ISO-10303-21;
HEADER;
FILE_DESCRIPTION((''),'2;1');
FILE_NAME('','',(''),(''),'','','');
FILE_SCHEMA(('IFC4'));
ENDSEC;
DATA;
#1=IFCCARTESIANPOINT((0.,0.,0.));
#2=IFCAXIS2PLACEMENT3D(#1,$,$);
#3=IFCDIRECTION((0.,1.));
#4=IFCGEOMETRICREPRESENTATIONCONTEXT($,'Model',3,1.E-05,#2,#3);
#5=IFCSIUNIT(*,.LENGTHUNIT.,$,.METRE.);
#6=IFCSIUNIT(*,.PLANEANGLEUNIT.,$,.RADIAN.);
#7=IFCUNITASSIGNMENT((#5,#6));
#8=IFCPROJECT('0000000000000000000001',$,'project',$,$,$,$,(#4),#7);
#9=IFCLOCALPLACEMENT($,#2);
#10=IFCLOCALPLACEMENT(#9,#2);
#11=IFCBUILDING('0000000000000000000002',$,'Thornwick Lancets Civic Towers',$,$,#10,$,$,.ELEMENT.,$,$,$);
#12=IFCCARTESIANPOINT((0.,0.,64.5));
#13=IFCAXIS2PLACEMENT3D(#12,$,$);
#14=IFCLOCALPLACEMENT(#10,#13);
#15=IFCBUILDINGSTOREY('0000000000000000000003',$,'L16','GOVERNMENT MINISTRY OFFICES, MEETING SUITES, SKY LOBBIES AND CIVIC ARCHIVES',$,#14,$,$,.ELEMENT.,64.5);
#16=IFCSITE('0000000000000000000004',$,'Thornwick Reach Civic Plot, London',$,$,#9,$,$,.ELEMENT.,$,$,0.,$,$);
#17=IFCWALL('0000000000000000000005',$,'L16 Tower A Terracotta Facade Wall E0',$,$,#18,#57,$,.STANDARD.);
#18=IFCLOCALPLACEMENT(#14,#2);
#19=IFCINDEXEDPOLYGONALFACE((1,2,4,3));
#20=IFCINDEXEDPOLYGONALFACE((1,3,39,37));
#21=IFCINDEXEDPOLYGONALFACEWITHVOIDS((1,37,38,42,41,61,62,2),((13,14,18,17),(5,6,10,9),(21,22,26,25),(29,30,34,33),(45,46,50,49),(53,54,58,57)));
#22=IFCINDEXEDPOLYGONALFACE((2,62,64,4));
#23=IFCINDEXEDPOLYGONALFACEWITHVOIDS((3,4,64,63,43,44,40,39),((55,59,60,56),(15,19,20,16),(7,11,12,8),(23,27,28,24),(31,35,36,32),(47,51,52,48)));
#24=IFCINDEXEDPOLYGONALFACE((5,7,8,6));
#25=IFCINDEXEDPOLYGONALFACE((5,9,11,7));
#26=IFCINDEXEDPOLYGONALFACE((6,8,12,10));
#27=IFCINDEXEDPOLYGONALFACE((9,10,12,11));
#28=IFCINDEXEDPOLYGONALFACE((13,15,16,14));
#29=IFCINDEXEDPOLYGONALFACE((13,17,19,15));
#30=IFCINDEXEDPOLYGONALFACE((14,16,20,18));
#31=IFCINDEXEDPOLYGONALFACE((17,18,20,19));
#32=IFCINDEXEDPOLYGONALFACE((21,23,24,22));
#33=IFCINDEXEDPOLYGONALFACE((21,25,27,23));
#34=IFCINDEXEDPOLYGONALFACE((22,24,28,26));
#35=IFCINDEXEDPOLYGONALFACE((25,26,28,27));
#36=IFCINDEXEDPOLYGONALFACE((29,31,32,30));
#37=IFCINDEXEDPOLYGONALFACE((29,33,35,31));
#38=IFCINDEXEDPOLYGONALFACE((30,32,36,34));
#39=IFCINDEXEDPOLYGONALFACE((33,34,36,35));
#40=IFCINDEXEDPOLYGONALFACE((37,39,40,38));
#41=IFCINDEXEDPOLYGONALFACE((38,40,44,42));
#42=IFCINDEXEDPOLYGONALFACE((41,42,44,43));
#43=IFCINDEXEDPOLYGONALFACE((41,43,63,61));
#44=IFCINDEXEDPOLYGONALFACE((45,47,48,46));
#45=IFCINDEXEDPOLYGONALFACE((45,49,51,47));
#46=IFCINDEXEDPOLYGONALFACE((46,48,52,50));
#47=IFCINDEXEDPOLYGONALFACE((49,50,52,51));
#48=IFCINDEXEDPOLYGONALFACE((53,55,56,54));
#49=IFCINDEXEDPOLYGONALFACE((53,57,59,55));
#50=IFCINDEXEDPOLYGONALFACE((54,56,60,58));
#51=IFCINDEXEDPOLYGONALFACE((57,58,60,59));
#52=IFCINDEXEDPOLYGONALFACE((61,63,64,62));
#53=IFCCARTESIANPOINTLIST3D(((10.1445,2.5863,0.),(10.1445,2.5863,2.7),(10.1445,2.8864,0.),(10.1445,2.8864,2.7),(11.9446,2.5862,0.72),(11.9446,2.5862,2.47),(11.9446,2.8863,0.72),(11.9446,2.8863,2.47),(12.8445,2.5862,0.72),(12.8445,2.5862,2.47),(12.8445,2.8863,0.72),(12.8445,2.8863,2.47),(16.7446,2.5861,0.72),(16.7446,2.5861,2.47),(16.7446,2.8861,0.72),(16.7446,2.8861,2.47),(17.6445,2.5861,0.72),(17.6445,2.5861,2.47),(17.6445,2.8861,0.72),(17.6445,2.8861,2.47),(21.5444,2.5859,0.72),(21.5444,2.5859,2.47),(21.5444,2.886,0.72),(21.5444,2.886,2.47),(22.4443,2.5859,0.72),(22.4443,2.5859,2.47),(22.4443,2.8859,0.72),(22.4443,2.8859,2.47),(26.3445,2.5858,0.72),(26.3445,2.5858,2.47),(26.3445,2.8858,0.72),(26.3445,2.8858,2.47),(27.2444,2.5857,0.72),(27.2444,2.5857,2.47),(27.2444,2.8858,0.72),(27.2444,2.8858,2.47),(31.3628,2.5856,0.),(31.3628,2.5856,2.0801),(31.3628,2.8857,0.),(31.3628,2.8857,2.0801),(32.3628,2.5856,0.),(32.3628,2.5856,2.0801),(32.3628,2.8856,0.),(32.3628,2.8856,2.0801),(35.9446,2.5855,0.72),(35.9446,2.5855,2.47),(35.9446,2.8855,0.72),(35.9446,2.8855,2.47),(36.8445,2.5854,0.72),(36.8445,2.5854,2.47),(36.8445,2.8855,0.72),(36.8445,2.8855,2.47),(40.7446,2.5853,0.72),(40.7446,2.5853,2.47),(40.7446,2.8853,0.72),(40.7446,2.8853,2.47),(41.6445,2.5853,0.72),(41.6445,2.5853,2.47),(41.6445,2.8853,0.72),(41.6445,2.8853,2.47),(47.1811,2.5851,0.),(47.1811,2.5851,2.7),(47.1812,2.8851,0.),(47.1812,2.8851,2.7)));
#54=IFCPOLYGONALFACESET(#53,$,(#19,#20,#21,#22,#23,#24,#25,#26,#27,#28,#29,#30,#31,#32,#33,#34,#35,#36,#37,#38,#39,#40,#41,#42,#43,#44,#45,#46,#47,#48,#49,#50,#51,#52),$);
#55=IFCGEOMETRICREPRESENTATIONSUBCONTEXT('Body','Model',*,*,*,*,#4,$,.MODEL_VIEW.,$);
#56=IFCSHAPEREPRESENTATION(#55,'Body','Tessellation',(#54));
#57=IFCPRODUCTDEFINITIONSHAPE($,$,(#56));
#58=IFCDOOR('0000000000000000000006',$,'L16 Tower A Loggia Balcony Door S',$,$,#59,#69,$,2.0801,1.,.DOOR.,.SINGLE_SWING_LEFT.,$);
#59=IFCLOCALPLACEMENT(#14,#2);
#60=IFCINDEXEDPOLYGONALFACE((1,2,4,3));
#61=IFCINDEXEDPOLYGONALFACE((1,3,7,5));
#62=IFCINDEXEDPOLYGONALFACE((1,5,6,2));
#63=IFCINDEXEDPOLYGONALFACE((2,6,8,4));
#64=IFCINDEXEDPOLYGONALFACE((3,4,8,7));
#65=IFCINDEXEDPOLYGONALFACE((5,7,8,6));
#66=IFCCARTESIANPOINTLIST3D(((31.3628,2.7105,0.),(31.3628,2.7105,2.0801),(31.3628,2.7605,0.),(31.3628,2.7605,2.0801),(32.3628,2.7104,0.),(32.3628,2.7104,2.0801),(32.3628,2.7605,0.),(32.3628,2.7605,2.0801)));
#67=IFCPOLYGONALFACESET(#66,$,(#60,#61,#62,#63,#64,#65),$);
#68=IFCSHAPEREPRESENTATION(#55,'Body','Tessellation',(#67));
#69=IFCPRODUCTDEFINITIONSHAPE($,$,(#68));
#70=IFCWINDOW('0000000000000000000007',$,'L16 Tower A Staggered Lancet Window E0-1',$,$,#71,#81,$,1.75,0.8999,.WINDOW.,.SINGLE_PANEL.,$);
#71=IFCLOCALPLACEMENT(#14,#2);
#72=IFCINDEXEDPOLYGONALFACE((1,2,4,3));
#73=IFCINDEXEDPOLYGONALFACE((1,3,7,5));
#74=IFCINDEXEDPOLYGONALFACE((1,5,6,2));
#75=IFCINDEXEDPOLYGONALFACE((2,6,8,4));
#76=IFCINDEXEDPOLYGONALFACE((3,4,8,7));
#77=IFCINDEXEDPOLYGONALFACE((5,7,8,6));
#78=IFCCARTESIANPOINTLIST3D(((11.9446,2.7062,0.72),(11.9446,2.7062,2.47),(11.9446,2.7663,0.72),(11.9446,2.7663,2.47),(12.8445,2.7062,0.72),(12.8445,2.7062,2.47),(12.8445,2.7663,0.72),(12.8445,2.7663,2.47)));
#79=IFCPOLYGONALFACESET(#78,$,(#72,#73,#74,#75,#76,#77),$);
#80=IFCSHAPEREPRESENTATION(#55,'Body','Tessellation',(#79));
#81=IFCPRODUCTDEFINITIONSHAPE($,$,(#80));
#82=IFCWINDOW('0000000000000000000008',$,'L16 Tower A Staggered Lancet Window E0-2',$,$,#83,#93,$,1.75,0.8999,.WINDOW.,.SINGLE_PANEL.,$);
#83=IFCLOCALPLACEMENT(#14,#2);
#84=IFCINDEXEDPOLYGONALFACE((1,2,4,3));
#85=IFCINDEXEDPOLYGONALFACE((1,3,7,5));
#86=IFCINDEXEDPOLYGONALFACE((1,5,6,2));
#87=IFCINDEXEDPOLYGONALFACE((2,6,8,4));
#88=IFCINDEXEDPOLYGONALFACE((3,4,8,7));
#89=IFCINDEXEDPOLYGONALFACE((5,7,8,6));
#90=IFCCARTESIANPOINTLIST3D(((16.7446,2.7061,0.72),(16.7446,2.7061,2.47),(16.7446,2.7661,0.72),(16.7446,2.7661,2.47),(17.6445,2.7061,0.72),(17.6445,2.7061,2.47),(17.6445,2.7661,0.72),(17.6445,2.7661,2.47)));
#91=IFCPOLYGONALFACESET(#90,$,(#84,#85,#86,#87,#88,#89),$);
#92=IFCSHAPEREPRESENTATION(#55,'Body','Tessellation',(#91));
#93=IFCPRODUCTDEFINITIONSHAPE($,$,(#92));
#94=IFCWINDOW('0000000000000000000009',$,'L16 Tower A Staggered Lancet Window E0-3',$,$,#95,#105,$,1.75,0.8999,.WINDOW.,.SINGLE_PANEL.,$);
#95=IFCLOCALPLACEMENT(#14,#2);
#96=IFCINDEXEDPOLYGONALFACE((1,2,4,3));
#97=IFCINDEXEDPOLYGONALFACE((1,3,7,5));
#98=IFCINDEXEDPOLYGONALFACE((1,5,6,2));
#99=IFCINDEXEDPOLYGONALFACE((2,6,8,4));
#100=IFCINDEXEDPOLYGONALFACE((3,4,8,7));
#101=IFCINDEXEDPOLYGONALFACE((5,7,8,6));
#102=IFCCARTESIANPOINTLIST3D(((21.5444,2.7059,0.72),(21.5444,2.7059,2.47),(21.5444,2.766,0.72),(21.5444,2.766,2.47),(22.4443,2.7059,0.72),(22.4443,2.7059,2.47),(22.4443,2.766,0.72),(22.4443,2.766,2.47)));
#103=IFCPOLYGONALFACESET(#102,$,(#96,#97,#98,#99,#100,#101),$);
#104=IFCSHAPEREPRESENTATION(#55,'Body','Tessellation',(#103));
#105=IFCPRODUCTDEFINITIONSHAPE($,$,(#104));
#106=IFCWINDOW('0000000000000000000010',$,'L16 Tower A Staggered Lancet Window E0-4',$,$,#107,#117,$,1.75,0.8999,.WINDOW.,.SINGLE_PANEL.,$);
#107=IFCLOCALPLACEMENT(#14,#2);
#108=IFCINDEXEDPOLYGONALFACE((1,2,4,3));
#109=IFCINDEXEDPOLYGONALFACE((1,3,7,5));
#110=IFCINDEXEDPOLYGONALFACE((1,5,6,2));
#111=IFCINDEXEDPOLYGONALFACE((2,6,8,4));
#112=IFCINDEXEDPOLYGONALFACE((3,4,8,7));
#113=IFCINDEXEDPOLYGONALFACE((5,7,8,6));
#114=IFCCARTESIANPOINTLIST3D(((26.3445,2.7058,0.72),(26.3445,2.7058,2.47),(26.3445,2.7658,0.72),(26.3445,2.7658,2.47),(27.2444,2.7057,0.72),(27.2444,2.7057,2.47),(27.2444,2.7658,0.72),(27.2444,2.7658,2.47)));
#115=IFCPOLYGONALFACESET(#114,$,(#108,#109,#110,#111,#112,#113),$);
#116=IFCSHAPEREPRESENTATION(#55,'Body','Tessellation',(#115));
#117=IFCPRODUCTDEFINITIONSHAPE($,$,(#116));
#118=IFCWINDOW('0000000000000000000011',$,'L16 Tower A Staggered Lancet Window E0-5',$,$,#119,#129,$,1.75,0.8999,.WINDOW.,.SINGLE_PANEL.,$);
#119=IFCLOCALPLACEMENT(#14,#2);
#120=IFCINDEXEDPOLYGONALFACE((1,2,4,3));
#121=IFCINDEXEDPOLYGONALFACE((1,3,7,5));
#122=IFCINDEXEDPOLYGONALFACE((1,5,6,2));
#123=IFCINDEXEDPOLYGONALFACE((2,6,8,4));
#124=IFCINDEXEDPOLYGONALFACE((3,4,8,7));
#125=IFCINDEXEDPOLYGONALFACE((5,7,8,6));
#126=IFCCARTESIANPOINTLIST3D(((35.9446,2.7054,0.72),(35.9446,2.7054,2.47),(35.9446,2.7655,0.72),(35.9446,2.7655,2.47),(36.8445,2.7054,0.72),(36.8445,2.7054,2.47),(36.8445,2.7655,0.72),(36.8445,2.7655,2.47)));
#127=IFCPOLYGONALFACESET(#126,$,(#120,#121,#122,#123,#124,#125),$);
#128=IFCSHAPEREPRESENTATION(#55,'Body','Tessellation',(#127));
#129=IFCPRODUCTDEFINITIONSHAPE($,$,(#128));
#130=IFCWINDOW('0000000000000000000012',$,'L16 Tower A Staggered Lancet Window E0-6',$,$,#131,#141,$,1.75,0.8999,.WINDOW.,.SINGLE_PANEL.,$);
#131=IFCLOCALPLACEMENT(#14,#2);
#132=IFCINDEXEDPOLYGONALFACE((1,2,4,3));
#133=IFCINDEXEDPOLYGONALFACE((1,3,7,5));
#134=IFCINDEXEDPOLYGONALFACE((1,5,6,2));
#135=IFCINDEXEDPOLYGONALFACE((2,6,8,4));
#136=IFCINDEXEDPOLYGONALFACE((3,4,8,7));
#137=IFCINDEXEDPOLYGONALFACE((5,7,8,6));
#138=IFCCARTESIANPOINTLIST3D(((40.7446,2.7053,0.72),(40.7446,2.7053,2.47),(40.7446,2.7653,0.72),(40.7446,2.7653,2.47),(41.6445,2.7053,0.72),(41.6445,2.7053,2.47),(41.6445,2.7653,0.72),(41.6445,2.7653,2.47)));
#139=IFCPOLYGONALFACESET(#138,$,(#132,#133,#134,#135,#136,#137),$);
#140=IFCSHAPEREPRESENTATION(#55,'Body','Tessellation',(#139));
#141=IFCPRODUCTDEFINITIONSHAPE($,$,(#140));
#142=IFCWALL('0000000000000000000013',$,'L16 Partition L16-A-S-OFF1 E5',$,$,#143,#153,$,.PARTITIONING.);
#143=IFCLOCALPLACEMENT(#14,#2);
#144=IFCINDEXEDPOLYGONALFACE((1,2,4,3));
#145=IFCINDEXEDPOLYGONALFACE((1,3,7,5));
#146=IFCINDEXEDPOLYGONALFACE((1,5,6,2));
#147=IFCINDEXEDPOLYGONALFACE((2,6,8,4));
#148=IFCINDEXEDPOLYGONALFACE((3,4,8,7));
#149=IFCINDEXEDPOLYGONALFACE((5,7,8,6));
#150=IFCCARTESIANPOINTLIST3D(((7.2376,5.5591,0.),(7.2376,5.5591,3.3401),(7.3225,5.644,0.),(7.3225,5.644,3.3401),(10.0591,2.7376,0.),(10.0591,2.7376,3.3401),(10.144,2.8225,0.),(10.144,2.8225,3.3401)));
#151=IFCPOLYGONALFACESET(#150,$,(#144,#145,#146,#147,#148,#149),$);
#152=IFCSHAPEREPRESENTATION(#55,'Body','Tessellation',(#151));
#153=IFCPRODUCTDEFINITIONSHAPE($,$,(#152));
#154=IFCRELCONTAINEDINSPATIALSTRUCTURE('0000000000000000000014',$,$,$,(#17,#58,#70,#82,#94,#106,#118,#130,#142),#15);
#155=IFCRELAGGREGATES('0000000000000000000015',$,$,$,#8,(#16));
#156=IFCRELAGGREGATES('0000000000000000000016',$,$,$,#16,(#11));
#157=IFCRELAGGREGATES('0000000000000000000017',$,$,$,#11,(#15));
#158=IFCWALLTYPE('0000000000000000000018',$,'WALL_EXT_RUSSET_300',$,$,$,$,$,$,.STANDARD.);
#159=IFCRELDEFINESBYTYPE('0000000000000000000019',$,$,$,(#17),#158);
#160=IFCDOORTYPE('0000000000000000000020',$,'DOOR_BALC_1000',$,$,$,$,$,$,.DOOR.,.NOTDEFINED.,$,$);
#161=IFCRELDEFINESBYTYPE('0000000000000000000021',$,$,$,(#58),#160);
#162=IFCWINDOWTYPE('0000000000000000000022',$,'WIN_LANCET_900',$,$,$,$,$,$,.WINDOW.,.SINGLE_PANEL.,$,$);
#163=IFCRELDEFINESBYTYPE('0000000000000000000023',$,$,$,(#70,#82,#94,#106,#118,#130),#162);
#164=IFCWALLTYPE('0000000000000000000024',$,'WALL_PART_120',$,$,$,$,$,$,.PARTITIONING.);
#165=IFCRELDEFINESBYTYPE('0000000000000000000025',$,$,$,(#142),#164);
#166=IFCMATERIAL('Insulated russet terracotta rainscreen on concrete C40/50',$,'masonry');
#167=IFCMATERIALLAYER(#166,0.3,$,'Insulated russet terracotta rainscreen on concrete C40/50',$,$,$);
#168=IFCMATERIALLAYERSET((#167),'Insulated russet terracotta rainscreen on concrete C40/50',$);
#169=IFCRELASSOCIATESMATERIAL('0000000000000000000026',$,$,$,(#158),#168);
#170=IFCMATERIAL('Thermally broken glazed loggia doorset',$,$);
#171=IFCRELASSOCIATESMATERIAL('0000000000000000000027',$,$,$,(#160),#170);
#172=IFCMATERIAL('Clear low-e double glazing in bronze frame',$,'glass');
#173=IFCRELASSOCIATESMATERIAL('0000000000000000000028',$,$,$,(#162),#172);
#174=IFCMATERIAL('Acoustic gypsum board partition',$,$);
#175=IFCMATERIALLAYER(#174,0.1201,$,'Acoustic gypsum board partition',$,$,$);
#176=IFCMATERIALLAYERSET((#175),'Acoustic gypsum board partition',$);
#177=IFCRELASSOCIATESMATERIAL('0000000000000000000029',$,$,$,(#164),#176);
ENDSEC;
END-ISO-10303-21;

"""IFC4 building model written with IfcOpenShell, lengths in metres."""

from ifc_helpers import new_model, si_unit, direction, frame, frame_2d, origin, place, context, subcontext, project, spatial, rectangle, extrude, material, layer, layer_set, type_object, element, fill, save


model = new_model("IFC4")

# Units and contexts
model_context = context("Model", 3, precision=1e-05, world=origin(), true_north=direction((0.0, 1.0)))
body_context = subcontext(model_context, "Body", "Model", "MODEL_VIEW")
ifc_project = project(units=[si_unit("LENGTHUNIT", "METRE"), si_unit("PLANEANGLEUNIT", "RADIAN")], contexts=[model_context])

# Site, building, storey
site_placement = place(None, origin())
site = spatial("IfcSite", under=ifc_project, at=site_placement, Name="Thornwick Reach Civic Plot, London", CompositionType="ELEMENT", RefElevation=0.0)
building_placement = place(site_placement, origin())
building = spatial("IfcBuilding", under=site, at=building_placement, Name="Thornwick Lancets Civic Towers", CompositionType="ELEMENT")
storey_placement = place(building_placement, frame((0.0, 0.0, 64.5)))
storey = spatial("IfcBuildingStorey", under=building, at=storey_placement, Name="L16", Description="GOVERNMENT MINISTRY OFFICES, MEETING SUITES, SKY LOBBIES AND CIVIC ARCHIVES", CompositionType="ELEMENT", Elevation=64.5)

# Wall, openings, door, windows
ifc_material_1 = material(Name="Insulated russet terracotta rainscreen on concrete C40/50", Category="masonry")
ifc_layer_1 = layer(ifc_material_1, 0.3, Name="Insulated russet terracotta rainscreen on concrete C40/50")
ifc_layer_set_1 = layer_set([ifc_layer_1], Name="Insulated russet terracotta rainscreen on concrete C40/50")
wall_type_1 = type_object("IfcWallType", Name="WALL_EXT_RUSSET_300", PredefinedType="STANDARD", material=ifc_layer_set_1)
wall_1_placement = place(storey_placement, frame((10.1445, 2.7363, 0.0), z_axis=(0.0, 0.0, 1.0), x_axis=(1.0, -0.000033, 0.0)))
wall_1 = element("IfcWall", 1, at=wall_1_placement, inside=storey, type_object=wall_type_1, Name="L16 Tower A Terracotta Facade Wall E0", PredefinedType="STANDARD", context=body_context, shape_type="SweptSolid", body=[
    extrude(rectangle(XDim=37.0366, YDim=0.3, at=frame_2d((18.5183, 0.0))), origin(), (0.0, 0.0, 1.0), 2.7),
])
opening_1_placement = place(wall_1_placement, frame((21.2183, 0.0, 0.0)))
opening_1 = element("IfcOpeningElement", 2, at=opening_1_placement, cuts=wall_1, PredefinedType="OPENING", context=body_context, shape_type="SweptSolid", body=[
    extrude(rectangle(XDim=1.0, YDim=2.0801, at=frame_2d((0.5, 1.04))), frame((0.0, 0.1602, 0.0), z_axis=(0.0, -1.0, 0.0), x_axis=(1.0, 0.0, 0.0)), (0.0, 0.0, 1.0), 0.3201),
])
opening_2_placement = place(wall_1_placement, frame((1.8, 0.0, 0.72)))
opening_2 = element("IfcOpeningElement", 3, at=opening_2_placement, cuts=wall_1, PredefinedType="OPENING", context=body_context, shape_type="SweptSolid", body=[
    extrude(rectangle(XDim=0.8999, YDim=1.75, at=frame_2d((0.45, 0.875))), frame((0.0, 0.1602, 0.0), z_axis=(0.0, -1.0, 0.0), x_axis=(1.0, 0.0, 0.0)), (0.0, 0.0, 1.0), 0.3201),
])
opening_3_placement = place(wall_1_placement, frame((6.6001, 0.0, 0.72)))
opening_3 = element("IfcOpeningElement", 4, at=opening_3_placement, cuts=wall_1, PredefinedType="OPENING", context=body_context, shape_type="SweptSolid", body=[
    extrude(rectangle(XDim=0.8999, YDim=1.75, at=frame_2d((0.45, 0.875))), frame((0.0, 0.1602, 0.0), z_axis=(0.0, -1.0, 0.0), x_axis=(1.0, 0.0, 0.0)), (0.0, 0.0, 1.0), 0.3201),
])
opening_4_placement = place(wall_1_placement, frame((11.3999, 0.0, 0.72)))
opening_4 = element("IfcOpeningElement", 5, at=opening_4_placement, cuts=wall_1, PredefinedType="OPENING", context=body_context, shape_type="SweptSolid", body=[
    extrude(rectangle(XDim=0.8999, YDim=1.75, at=frame_2d((0.45, 0.875))), frame((0.0, 0.1602, 0.0), z_axis=(0.0, -1.0, 0.0), x_axis=(1.0, 0.0, 0.0)), (0.0, 0.0, 1.0), 0.3201),
])
opening_5_placement = place(wall_1_placement, frame((16.2, 0.0, 0.72)))
opening_5 = element("IfcOpeningElement", 6, at=opening_5_placement, cuts=wall_1, PredefinedType="OPENING", context=body_context, shape_type="SweptSolid", body=[
    extrude(rectangle(XDim=0.8999, YDim=1.75, at=frame_2d((0.45, 0.875))), frame((0.0, 0.1602, 0.0), z_axis=(0.0, -1.0, 0.0), x_axis=(1.0, 0.0, 0.0)), (0.0, 0.0, 1.0), 0.3201),
])
opening_6_placement = place(wall_1_placement, frame((25.8, 0.0, 0.72)))
opening_6 = element("IfcOpeningElement", 7, at=opening_6_placement, cuts=wall_1, PredefinedType="OPENING", context=body_context, shape_type="SweptSolid", body=[
    extrude(rectangle(XDim=0.8999, YDim=1.75, at=frame_2d((0.45, 0.875))), frame((0.0, 0.1602, 0.0), z_axis=(0.0, -1.0, 0.0), x_axis=(1.0, 0.0, 0.0)), (0.0, 0.0, 1.0), 0.3201),
])
opening_7_placement = place(wall_1_placement, frame((30.6001, 0.0, 0.72)))
opening_7 = element("IfcOpeningElement", 8, at=opening_7_placement, cuts=wall_1, PredefinedType="OPENING", context=body_context, shape_type="SweptSolid", body=[
    extrude(rectangle(XDim=0.8999, YDim=1.75, at=frame_2d((0.45, 0.875))), frame((0.0, 0.1602, 0.0), z_axis=(0.0, -1.0, 0.0), x_axis=(1.0, 0.0, 0.0)), (0.0, 0.0, 1.0), 0.3201),
])
ifc_material_2 = material(Name="Thermally broken glazed loggia doorset")
door_type = type_object("IfcDoorType", Name="DOOR_BALC_1000", OperationType="NOTDEFINED", PredefinedType="DOOR", material=ifc_material_2)
door_placement = place(opening_1_placement, origin())
door = element("IfcDoor", 9, at=door_placement, inside=storey, type_object=door_type, Name="L16 Tower A Loggia Balcony Door S", OperationType="SINGLE_SWING_LEFT", OverallHeight=2.0801, OverallWidth=1.0, PredefinedType="DOOR", context=body_context, shape_type="SweptSolid", body=[
    extrude(rectangle(XDim=1.0, YDim=2.0801, at=frame_2d((0.5, 1.04))), frame((0.0, 0.0249, 0.0), z_axis=(0.0, -1.0, 0.0), x_axis=(1.0, 0.0, 0.0)), (0.0, 0.0, 1.0), 0.05),
])
fill(opening_1, door)
ifc_material_3 = material(Name="Clear low-e double glazing in bronze frame", Category="glass")
window_type = type_object("IfcWindowType", Name="WIN_LANCET_900", PartitioningType="SINGLE_PANEL", PredefinedType="WINDOW", material=ifc_material_3)
window_1_placement = place(opening_2_placement, origin())
window_1 = element("IfcWindow", 10, at=window_1_placement, inside=storey, type_object=window_type, Name="L16 Tower A Staggered Lancet Window E0-1", OverallHeight=1.75, OverallWidth=0.8999, PartitioningType="SINGLE_PANEL", PredefinedType="WINDOW", context=body_context, shape_type="SweptSolid", body=[
    extrude(rectangle(XDim=0.8999, YDim=1.75, at=frame_2d((0.45, 0.875))), frame((0.0, 0.03, 0.0), z_axis=(0.0, -1.0, 0.0), x_axis=(1.0, 0.0, 0.0)), (0.0, 0.0, 1.0), 0.0601),
])
fill(opening_2, window_1)
window_2_placement = place(opening_3_placement, origin())
window_2 = element("IfcWindow", 11, at=window_2_placement, inside=storey, type_object=window_type, Name="L16 Tower A Staggered Lancet Window E0-2", OverallHeight=1.75, OverallWidth=0.8999, PartitioningType="SINGLE_PANEL", PredefinedType="WINDOW", context=body_context, shape_type="SweptSolid", body=[
    extrude(rectangle(XDim=0.8999, YDim=1.75, at=frame_2d((0.45, 0.875))), frame((0.0, 0.03, 0.0), z_axis=(0.0, -1.0, 0.0), x_axis=(1.0, 0.0, 0.0)), (0.0, 0.0, 1.0), 0.0601),
])
fill(opening_3, window_2)
window_3_placement = place(opening_4_placement, origin())
window_3 = element("IfcWindow", 12, at=window_3_placement, inside=storey, type_object=window_type, Name="L16 Tower A Staggered Lancet Window E0-3", OverallHeight=1.75, OverallWidth=0.8999, PartitioningType="SINGLE_PANEL", PredefinedType="WINDOW", context=body_context, shape_type="SweptSolid", body=[
    extrude(rectangle(XDim=0.8999, YDim=1.75, at=frame_2d((0.45, 0.875))), frame((0.0, 0.03, 0.0), z_axis=(0.0, -1.0, 0.0), x_axis=(1.0, 0.0, 0.0)), (0.0, 0.0, 1.0), 0.0601),
])
fill(opening_4, window_3)
window_4_placement = place(opening_5_placement, origin())
window_4 = element("IfcWindow", 13, at=window_4_placement, inside=storey, type_object=window_type, Name="L16 Tower A Staggered Lancet Window E0-4", OverallHeight=1.75, OverallWidth=0.8999, PartitioningType="SINGLE_PANEL", PredefinedType="WINDOW", context=body_context, shape_type="SweptSolid", body=[
    extrude(rectangle(XDim=0.8999, YDim=1.75, at=frame_2d((0.45, 0.875))), frame((0.0, 0.03, 0.0), z_axis=(0.0, -1.0, 0.0), x_axis=(1.0, 0.0, 0.0)), (0.0, 0.0, 1.0), 0.0601),
])
fill(opening_5, window_4)
window_5_placement = place(opening_6_placement, origin())
window_5 = element("IfcWindow", 14, at=window_5_placement, inside=storey, type_object=window_type, Name="L16 Tower A Staggered Lancet Window E0-5", OverallHeight=1.75, OverallWidth=0.8999, PartitioningType="SINGLE_PANEL", PredefinedType="WINDOW", context=body_context, shape_type="SweptSolid", body=[
    extrude(rectangle(XDim=0.8999, YDim=1.75, at=frame_2d((0.45, 0.875))), frame((0.0, 0.03, 0.0), z_axis=(0.0, -1.0, 0.0), x_axis=(1.0, 0.0, 0.0)), (0.0, 0.0, 1.0), 0.0601),
])
fill(opening_6, window_5)
window_6_placement = place(opening_7_placement, origin())
window_6 = element("IfcWindow", 15, at=window_6_placement, inside=storey, type_object=window_type, Name="L16 Tower A Staggered Lancet Window E0-6", OverallHeight=1.75, OverallWidth=0.8999, PartitioningType="SINGLE_PANEL", PredefinedType="WINDOW", context=body_context, shape_type="SweptSolid", body=[
    extrude(rectangle(XDim=0.8999, YDim=1.75, at=frame_2d((0.45, 0.875))), frame((0.0, 0.03, 0.0), z_axis=(0.0, -1.0, 0.0), x_axis=(1.0, 0.0, 0.0)), (0.0, 0.0, 1.0), 0.0601),
])
fill(opening_7, window_6)

# Wall
ifc_material_4 = material(Name="Acoustic gypsum board partition")
ifc_layer_2 = layer(ifc_material_4, 0.1201, Name="Acoustic gypsum board partition")
ifc_layer_set_2 = layer_set([ifc_layer_2], Name="Acoustic gypsum board partition")
wall_type_2 = type_object("IfcWallType", Name="WALL_PART_120", PredefinedType="PARTITIONING", material=ifc_layer_set_2)
wall_2_placement = place(storey_placement, frame((10.1016, 2.78, 0.0), z_axis=(0.0, 0.0, 1.0), x_axis=(-0.707107, 0.707107, 0.0)))
element("IfcWall", 16, at=wall_2_placement, inside=storey, type_object=wall_type_2, Name="L16 Partition L16-A-S-OFF1 E5", PredefinedType="PARTITIONING", context=body_context, shape_type="SweptSolid", body=[
    extrude(rectangle(XDim=3.9902, YDim=0.1201, at=frame_2d((1.9951, 0.0))), origin(), (0.0, 0.0, 1.0), 3.3401),
])

save(model, "model.ifc")
